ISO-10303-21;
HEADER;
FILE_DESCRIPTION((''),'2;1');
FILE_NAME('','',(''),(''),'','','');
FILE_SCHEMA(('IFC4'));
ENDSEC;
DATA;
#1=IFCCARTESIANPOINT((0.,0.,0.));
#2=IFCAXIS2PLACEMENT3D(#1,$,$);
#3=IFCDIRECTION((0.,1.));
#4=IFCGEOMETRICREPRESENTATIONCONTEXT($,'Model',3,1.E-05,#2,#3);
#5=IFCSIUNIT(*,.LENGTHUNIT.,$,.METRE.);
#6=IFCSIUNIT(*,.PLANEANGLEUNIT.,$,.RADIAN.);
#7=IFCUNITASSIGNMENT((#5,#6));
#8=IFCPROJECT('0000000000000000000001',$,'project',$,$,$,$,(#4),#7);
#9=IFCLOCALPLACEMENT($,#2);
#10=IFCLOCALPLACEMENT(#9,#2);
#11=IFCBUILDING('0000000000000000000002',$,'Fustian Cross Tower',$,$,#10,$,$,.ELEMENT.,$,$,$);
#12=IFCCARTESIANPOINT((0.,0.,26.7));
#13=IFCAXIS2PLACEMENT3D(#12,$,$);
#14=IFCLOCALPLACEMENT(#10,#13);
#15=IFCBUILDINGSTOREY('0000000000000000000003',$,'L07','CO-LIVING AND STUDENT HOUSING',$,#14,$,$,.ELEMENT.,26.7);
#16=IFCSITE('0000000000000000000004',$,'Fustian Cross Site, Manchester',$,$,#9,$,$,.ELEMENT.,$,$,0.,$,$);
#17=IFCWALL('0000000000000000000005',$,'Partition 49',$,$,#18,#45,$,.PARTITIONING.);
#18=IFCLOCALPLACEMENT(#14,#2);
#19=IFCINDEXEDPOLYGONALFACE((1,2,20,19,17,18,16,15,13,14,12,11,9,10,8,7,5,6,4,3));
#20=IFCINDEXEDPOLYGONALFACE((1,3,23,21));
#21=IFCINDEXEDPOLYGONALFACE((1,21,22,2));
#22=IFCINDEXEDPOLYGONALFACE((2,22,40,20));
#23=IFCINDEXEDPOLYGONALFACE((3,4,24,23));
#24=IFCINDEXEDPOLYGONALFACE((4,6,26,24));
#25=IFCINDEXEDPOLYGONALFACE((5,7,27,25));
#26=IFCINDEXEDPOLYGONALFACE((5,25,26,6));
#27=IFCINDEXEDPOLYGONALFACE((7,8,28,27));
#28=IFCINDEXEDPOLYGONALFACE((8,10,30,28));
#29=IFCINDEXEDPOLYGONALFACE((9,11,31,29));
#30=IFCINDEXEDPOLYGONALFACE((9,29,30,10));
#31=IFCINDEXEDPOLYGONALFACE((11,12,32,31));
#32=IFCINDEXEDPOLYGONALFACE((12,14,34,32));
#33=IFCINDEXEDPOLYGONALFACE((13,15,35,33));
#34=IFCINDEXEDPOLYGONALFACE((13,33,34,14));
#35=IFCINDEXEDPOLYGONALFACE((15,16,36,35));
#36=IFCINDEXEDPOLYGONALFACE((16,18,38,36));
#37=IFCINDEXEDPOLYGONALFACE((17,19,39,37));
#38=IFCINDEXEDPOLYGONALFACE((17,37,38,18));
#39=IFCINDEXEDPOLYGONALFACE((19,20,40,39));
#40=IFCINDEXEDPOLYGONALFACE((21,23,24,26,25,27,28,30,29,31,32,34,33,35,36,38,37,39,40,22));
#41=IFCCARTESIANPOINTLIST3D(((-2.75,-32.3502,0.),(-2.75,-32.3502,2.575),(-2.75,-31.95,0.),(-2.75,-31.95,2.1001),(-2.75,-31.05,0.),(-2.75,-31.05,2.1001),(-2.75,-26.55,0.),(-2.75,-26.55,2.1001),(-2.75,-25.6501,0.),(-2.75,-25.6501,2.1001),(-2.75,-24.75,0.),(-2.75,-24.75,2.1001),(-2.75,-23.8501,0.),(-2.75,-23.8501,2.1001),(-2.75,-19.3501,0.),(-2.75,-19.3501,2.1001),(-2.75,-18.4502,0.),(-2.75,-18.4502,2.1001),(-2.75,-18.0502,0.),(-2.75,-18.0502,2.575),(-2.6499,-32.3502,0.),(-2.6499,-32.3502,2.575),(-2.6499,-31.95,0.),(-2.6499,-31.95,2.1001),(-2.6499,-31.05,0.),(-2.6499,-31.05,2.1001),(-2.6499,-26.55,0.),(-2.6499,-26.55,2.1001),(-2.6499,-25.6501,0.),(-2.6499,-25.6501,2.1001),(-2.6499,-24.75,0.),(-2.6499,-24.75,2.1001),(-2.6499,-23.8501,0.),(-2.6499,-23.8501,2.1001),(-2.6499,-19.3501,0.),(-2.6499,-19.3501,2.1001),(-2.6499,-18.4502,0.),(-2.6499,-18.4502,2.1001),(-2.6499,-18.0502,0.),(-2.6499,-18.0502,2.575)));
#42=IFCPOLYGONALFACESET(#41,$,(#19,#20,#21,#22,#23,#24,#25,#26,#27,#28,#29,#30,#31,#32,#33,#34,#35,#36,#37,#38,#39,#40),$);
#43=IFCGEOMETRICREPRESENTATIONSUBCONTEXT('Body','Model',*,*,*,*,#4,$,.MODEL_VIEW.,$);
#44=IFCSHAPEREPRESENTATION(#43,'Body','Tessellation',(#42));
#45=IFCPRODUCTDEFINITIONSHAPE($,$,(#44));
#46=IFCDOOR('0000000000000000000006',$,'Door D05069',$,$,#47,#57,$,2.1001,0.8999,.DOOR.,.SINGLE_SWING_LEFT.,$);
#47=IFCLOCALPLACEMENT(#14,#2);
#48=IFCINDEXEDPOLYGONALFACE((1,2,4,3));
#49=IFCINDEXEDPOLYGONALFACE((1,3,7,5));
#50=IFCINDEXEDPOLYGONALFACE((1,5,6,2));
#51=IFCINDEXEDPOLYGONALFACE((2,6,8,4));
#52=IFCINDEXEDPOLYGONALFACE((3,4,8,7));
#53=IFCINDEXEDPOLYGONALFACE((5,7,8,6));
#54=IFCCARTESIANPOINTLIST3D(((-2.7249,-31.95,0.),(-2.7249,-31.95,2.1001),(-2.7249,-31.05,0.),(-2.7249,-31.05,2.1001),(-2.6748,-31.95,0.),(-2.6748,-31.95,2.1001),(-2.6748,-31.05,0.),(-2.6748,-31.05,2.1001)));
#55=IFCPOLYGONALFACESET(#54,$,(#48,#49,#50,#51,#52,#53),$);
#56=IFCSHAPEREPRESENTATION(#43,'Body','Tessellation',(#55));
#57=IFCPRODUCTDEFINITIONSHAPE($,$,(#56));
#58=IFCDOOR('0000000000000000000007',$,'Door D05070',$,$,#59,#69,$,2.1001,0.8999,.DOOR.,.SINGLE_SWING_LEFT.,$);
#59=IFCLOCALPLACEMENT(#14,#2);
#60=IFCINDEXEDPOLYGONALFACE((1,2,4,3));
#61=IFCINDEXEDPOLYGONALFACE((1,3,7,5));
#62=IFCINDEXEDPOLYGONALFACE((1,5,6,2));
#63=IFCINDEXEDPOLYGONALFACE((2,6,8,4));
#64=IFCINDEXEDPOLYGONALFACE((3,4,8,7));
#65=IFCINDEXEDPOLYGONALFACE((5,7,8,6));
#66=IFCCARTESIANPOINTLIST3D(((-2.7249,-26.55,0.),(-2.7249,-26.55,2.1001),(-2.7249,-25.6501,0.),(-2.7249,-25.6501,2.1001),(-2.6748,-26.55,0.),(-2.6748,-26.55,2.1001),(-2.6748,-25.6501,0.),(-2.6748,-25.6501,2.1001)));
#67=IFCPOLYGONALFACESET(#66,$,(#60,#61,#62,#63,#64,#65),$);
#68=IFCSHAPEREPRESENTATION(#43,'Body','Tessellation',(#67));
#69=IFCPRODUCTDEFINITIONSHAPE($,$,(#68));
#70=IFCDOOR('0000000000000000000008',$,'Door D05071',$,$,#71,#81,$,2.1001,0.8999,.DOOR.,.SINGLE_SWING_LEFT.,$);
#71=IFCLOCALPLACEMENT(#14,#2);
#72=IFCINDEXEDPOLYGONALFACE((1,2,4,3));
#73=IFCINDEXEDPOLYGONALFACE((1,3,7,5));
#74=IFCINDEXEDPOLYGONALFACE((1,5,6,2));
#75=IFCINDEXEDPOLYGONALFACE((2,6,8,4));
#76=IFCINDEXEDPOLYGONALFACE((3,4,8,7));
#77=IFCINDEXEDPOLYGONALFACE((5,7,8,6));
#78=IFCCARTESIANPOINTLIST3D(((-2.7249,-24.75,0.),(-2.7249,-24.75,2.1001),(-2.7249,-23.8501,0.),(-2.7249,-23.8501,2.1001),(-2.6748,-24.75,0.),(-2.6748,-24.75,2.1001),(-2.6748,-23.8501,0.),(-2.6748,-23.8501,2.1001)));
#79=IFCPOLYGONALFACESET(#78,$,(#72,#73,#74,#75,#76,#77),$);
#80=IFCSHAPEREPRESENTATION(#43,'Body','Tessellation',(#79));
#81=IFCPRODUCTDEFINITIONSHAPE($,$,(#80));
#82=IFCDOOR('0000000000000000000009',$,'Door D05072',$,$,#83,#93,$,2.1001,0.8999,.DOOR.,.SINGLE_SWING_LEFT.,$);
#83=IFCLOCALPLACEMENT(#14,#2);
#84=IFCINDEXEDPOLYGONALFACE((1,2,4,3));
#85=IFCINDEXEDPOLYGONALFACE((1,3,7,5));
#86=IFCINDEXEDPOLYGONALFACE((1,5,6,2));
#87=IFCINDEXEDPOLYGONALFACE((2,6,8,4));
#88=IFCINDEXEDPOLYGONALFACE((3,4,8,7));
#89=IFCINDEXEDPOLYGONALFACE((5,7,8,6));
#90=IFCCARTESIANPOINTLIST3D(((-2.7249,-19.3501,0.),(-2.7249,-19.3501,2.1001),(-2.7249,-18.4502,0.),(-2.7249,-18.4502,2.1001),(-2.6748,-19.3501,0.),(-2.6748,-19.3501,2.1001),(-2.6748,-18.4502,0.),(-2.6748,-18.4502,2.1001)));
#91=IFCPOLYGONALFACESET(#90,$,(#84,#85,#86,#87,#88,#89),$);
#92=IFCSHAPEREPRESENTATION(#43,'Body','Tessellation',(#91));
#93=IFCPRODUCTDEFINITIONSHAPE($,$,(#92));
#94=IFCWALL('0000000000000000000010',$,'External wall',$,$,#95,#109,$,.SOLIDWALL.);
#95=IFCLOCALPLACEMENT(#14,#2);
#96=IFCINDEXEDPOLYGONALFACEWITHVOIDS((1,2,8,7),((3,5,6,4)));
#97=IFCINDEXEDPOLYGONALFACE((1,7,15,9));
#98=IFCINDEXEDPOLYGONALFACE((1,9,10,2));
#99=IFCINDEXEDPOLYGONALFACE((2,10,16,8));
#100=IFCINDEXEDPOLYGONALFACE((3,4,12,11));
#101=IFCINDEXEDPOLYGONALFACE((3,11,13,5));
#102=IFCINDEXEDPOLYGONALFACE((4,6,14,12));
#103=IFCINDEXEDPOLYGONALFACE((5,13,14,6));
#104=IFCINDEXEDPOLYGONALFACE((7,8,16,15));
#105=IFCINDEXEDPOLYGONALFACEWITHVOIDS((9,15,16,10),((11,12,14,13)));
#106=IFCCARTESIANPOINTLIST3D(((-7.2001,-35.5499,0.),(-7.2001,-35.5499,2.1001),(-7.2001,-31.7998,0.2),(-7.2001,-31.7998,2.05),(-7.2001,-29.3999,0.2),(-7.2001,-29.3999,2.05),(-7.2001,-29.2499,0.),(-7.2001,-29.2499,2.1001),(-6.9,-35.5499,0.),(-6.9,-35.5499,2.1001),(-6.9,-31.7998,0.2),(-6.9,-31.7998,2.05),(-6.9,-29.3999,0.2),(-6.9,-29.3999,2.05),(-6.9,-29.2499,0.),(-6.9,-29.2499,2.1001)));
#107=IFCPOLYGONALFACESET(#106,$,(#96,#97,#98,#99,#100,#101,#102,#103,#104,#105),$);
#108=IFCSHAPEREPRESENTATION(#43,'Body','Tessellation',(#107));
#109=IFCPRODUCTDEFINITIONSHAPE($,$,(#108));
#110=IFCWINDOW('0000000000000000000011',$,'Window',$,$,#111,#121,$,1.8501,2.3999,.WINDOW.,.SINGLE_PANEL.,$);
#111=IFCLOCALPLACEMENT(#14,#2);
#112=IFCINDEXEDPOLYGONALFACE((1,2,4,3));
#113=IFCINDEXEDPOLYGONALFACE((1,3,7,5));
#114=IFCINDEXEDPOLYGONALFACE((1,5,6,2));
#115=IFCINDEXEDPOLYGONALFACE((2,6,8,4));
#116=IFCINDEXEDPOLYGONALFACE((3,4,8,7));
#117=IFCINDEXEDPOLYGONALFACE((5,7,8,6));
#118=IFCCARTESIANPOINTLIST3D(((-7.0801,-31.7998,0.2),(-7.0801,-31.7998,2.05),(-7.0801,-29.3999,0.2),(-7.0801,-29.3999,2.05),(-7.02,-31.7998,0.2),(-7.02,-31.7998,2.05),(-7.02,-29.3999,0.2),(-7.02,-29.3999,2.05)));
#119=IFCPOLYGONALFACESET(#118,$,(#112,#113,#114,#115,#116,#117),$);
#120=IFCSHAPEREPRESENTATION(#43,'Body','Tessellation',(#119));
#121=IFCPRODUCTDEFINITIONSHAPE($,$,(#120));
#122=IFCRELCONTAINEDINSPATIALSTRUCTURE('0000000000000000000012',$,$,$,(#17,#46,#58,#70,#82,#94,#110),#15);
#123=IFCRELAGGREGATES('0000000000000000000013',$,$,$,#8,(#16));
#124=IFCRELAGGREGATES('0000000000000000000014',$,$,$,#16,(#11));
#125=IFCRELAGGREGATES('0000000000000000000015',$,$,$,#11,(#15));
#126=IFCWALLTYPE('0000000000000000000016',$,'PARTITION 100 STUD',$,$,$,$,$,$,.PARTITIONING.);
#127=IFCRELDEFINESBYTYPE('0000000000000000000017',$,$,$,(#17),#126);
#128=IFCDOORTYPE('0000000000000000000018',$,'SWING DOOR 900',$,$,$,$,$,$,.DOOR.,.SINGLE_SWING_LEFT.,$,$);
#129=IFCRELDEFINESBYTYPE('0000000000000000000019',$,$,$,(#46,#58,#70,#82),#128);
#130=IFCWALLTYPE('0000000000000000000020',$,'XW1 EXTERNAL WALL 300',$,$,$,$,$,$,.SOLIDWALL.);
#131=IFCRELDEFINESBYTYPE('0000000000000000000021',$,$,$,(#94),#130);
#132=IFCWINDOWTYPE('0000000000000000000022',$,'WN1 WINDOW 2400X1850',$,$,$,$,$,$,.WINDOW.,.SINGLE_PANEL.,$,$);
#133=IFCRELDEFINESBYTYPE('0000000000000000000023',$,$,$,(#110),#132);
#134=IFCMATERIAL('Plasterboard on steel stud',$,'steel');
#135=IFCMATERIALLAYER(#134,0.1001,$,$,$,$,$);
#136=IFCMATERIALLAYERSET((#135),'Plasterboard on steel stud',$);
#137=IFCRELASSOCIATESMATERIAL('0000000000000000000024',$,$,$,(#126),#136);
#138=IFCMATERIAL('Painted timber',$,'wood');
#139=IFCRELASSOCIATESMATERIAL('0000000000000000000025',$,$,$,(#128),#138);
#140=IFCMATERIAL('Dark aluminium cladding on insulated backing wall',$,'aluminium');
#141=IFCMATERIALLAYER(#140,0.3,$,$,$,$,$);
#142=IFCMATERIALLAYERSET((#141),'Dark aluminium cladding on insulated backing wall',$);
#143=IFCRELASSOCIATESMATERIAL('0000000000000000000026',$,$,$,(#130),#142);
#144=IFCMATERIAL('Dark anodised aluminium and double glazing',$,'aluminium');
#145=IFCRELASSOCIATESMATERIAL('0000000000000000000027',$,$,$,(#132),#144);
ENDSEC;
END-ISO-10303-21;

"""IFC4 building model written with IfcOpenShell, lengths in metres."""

from ifc_helpers import new_model, si_unit, direction, frame, frame_2d, origin, place, context, subcontext, project, spatial, rectangle, extrude, material, layer, layer_set, type_object, element, fill, save


model = new_model("IFC4")

# Units and contexts
model_context = context("Model", 3, precision=1e-05, world=origin(), true_north=direction((0.0, 1.0)))
body_context = subcontext(model_context, "Body", "Model", "MODEL_VIEW")
ifc_project = project(units=[si_unit("LENGTHUNIT", "METRE"), si_unit("PLANEANGLEUNIT", "RADIAN")], contexts=[model_context])

# Site, building, storey
site_placement = place(None, origin())
site = spatial("IfcSite", under=ifc_project, at=site_placement, Name="Fustian Cross Site, Manchester", CompositionType="ELEMENT", RefElevation=0.0)
building_placement = place(site_placement, origin())
building = spatial("IfcBuilding", under=site, at=building_placement, Name="Fustian Cross Tower", CompositionType="ELEMENT")
storey_placement = place(building_placement, frame((0.0, 0.0, 26.7)))
storey = spatial("IfcBuildingStorey", under=building, at=storey_placement, Name="L07", Description="CO-LIVING AND STUDENT HOUSING", CompositionType="ELEMENT", Elevation=26.7)

# Shared definitions
ifc_material_1 = material(Name="Plasterboard on steel stud", Category="steel")
ifc_layer_1 = layer(ifc_material_1, 0.1001)
ifc_layer_set_1 = layer_set([ifc_layer_1], Name="Plasterboard on steel stud")
wall_type_1 = type_object("IfcWallType", Name="PARTITION 100 STUD", PredefinedType="PARTITIONING", material=ifc_layer_set_1)

# Shared definitions
ifc_material_2 = material(Name="Painted timber", Category="wood")
door_type_1 = type_object("IfcDoorType", Name="SWING DOOR 900", OperationType="SINGLE_SWING_LEFT", PredefinedType="DOOR", material=ifc_material_2)

# Wall, openings, doors
wall_1_placement = place(storey_placement, frame((-2.7, -32.3501, 0.0), z_axis=(0.0, 0.0, 1.0), x_axis=(0.0, 1.0, 0.0)))
wall_1 = element("IfcWall", 1, at=wall_1_placement, inside=storey, type_object=wall_type_1, Name="Partition 49", PredefinedType="PARTITIONING", context=body_context, shape_type="SweptSolid", body=[
    extrude(rectangle(XDim=14.3, YDim=0.1001, at=frame_2d((7.1499, 0.0))), origin(), (0.0, 0.0, 1.0), 2.575),
])
opening_1_placement = place(wall_1_placement, frame((0.4001, 0.0, 0.0)))
opening_1 = element("IfcOpeningElement", 2, at=opening_1_placement, cuts=wall_1, PredefinedType="OPENING", context=body_context, shape_type="SweptSolid", body=[
    extrude(rectangle(XDim=0.8999, YDim=2.1001, at=frame_2d((0.45, 1.05))), frame((0.0, 0.0601, 0.0), z_axis=(0.0, -1.0, 0.0), x_axis=(1.0, 0.0, 0.0)), (0.0, 0.0, 1.0), 0.1201),
])
opening_2_placement = place(wall_1_placement, frame((5.8, 0.0, 0.0)))
opening_2 = element("IfcOpeningElement", 3, at=opening_2_placement, cuts=wall_1, PredefinedType="OPENING", context=body_context, shape_type="SweptSolid", body=[
    extrude(rectangle(XDim=0.8999, YDim=2.1001, at=frame_2d((0.45, 1.05))), frame((0.0, 0.0601, 0.0), z_axis=(0.0, -1.0, 0.0), x_axis=(1.0, 0.0, 0.0)), (0.0, 0.0, 1.0), 0.1201),
])
opening_3_placement = place(wall_1_placement, frame((7.6001, 0.0, 0.0)))
opening_3 = element("IfcOpeningElement", 4, at=opening_3_placement, cuts=wall_1, PredefinedType="OPENING", context=body_context, shape_type="SweptSolid", body=[
    extrude(rectangle(XDim=0.8999, YDim=2.1001, at=frame_2d((0.45, 1.05))), frame((0.0, 0.0601, 0.0), z_axis=(0.0, -1.0, 0.0), x_axis=(1.0, 0.0, 0.0)), (0.0, 0.0, 1.0), 0.1201),
])
opening_4_placement = place(wall_1_placement, frame((13.0, 0.0, 0.0)))
opening_4 = element("IfcOpeningElement", 5, at=opening_4_placement, cuts=wall_1, PredefinedType="OPENING", context=body_context, shape_type="SweptSolid", body=[
    extrude(rectangle(XDim=0.8999, YDim=2.1001, at=frame_2d((0.45, 1.05))), frame((0.0, 0.0601, 0.0), z_axis=(0.0, -1.0, 0.0), x_axis=(1.0, 0.0, 0.0)), (0.0, 0.0, 1.0), 0.1201),
])
door_1_placement = place(opening_1_placement, origin())
door_1 = element("IfcDoor", 6, at=door_1_placement, inside=storey, type_object=door_type_1, Name="Door D05069", OperationType="SINGLE_SWING_LEFT", OverallHeight=2.1001, OverallWidth=0.8999, PredefinedType="DOOR", context=body_context, shape_type="SweptSolid", body=[
    extrude(rectangle(XDim=0.8999, YDim=2.1001, at=frame_2d((0.45, 1.05))), frame((0.0, 0.0249, 0.0), z_axis=(0.0, -1.0, 0.0), x_axis=(1.0, 0.0, 0.0)), (0.0, 0.0, 1.0), 0.05),
])
fill(opening_1, door_1)
door_2_placement = place(opening_2_placement, origin())
door_2 = element("IfcDoor", 7, at=door_2_placement, inside=storey, type_object=door_type_1, Name="Door D05070", OperationType="SINGLE_SWING_LEFT", OverallHeight=2.1001, OverallWidth=0.8999, PredefinedType="DOOR", context=body_context, shape_type="SweptSolid", body=[
    extrude(rectangle(XDim=0.8999, YDim=2.1001, at=frame_2d((0.45, 1.05))), frame((0.0, 0.0249, 0.0), z_axis=(0.0, -1.0, 0.0), x_axis=(1.0, 0.0, 0.0)), (0.0, 0.0, 1.0), 0.05),
])
fill(opening_2, door_2)
door_3_placement = place(opening_3_placement, origin())
door_3 = element("IfcDoor", 8, at=door_3_placement, inside=storey, type_object=door_type_1, Name="Door D05071", OperationType="SINGLE_SWING_LEFT", OverallHeight=2.1001, OverallWidth=0.8999, PredefinedType="DOOR", context=body_context, shape_type="SweptSolid", body=[
    extrude(rectangle(XDim=0.8999, YDim=2.1001, at=frame_2d((0.45, 1.05))), frame((0.0, 0.0249, 0.0), z_axis=(0.0, -1.0, 0.0), x_axis=(1.0, 0.0, 0.0)), (0.0, 0.0, 1.0), 0.05),
])
fill(opening_3, door_3)
door_4_placement = place(opening_4_placement, origin())
door_4 = element("IfcDoor", 9, at=door_4_placement, inside=storey, type_object=door_type_1, Name="Door D05072", OperationType="SINGLE_SWING_LEFT", OverallHeight=2.1001, OverallWidth=0.8999, PredefinedType="DOOR", context=body_context, shape_type="SweptSolid", body=[
    extrude(rectangle(XDim=0.8999, YDim=2.1001, at=frame_2d((0.45, 1.05))), frame((0.0, 0.0249, 0.0), z_axis=(0.0, -1.0, 0.0), x_axis=(1.0, 0.0, 0.0)), (0.0, 0.0, 1.0), 0.05),
])
fill(opening_4, door_4)

# Wall, opening, window
ifc_material_3 = material(Name="Dark aluminium cladding on insulated backing wall", Category="aluminium")
ifc_layer_2 = layer(ifc_material_3, 0.3)
ifc_layer_set_2 = layer_set([ifc_layer_2], Name="Dark aluminium cladding on insulated backing wall")
wall_type_2 = type_object("IfcWallType", Name="XW1 EXTERNAL WALL 300", PredefinedType="SOLIDWALL", material=ifc_layer_set_2)
wall_2_placement = place(storey_placement, frame((-7.05, -29.25, 0.0), z_axis=(0.0, 0.0, 1.0), x_axis=(0.0, -1.0, 0.0)))
wall_2 = element("IfcWall", 10, at=wall_2_placement, inside=storey, type_object=wall_type_2, Name="External wall", PredefinedType="SOLIDWALL", context=body_context, shape_type="SweptSolid", body=[
    extrude(rectangle(XDim=6.3, YDim=0.3, at=frame_2d((3.1499, 0.0))), origin(), (0.0, 0.0, 1.0), 2.1001),
])
opening_5_placement = place(wall_2_placement, frame((0.1499, 0.0, 0.2)))
opening_5 = element("IfcOpeningElement", 11, at=opening_5_placement, cuts=wall_2, PredefinedType="OPENING", context=body_context, shape_type="SweptSolid", body=[
    extrude(rectangle(XDim=2.3999, YDim=1.8501, at=frame_2d((1.2, 0.925))), frame((0.0, 0.1599, 0.0), z_axis=(0.0, -1.0, 0.0), x_axis=(1.0, 0.0, 0.0)), (0.0, 0.0, 1.0), 0.3201),
])
ifc_material_4 = material(Name="Dark anodised aluminium and double glazing", Category="aluminium")
window_type = type_object("IfcWindowType", Name="WN1 WINDOW 2400X1850", PartitioningType="SINGLE_PANEL", PredefinedType="WINDOW", material=ifc_material_4)
window_placement = place(opening_5_placement, origin())
window = element("IfcWindow", 12, at=window_placement, inside=storey, type_object=window_type, Name="Window", OverallHeight=1.8501, OverallWidth=2.3999, PartitioningType="SINGLE_PANEL", PredefinedType="WINDOW", context=body_context, shape_type="SweptSolid", body=[
    extrude(rectangle(XDim=2.3999, YDim=1.8501, at=frame_2d((1.2, 0.925))), frame((0.0, 0.03, 0.0), z_axis=(0.0, -1.0, 0.0), x_axis=(1.0, 0.0, 0.0)), (0.0, 0.0, 1.0), 0.0601),
])
fill(opening_5, window)

save(model, "model.ifc")
